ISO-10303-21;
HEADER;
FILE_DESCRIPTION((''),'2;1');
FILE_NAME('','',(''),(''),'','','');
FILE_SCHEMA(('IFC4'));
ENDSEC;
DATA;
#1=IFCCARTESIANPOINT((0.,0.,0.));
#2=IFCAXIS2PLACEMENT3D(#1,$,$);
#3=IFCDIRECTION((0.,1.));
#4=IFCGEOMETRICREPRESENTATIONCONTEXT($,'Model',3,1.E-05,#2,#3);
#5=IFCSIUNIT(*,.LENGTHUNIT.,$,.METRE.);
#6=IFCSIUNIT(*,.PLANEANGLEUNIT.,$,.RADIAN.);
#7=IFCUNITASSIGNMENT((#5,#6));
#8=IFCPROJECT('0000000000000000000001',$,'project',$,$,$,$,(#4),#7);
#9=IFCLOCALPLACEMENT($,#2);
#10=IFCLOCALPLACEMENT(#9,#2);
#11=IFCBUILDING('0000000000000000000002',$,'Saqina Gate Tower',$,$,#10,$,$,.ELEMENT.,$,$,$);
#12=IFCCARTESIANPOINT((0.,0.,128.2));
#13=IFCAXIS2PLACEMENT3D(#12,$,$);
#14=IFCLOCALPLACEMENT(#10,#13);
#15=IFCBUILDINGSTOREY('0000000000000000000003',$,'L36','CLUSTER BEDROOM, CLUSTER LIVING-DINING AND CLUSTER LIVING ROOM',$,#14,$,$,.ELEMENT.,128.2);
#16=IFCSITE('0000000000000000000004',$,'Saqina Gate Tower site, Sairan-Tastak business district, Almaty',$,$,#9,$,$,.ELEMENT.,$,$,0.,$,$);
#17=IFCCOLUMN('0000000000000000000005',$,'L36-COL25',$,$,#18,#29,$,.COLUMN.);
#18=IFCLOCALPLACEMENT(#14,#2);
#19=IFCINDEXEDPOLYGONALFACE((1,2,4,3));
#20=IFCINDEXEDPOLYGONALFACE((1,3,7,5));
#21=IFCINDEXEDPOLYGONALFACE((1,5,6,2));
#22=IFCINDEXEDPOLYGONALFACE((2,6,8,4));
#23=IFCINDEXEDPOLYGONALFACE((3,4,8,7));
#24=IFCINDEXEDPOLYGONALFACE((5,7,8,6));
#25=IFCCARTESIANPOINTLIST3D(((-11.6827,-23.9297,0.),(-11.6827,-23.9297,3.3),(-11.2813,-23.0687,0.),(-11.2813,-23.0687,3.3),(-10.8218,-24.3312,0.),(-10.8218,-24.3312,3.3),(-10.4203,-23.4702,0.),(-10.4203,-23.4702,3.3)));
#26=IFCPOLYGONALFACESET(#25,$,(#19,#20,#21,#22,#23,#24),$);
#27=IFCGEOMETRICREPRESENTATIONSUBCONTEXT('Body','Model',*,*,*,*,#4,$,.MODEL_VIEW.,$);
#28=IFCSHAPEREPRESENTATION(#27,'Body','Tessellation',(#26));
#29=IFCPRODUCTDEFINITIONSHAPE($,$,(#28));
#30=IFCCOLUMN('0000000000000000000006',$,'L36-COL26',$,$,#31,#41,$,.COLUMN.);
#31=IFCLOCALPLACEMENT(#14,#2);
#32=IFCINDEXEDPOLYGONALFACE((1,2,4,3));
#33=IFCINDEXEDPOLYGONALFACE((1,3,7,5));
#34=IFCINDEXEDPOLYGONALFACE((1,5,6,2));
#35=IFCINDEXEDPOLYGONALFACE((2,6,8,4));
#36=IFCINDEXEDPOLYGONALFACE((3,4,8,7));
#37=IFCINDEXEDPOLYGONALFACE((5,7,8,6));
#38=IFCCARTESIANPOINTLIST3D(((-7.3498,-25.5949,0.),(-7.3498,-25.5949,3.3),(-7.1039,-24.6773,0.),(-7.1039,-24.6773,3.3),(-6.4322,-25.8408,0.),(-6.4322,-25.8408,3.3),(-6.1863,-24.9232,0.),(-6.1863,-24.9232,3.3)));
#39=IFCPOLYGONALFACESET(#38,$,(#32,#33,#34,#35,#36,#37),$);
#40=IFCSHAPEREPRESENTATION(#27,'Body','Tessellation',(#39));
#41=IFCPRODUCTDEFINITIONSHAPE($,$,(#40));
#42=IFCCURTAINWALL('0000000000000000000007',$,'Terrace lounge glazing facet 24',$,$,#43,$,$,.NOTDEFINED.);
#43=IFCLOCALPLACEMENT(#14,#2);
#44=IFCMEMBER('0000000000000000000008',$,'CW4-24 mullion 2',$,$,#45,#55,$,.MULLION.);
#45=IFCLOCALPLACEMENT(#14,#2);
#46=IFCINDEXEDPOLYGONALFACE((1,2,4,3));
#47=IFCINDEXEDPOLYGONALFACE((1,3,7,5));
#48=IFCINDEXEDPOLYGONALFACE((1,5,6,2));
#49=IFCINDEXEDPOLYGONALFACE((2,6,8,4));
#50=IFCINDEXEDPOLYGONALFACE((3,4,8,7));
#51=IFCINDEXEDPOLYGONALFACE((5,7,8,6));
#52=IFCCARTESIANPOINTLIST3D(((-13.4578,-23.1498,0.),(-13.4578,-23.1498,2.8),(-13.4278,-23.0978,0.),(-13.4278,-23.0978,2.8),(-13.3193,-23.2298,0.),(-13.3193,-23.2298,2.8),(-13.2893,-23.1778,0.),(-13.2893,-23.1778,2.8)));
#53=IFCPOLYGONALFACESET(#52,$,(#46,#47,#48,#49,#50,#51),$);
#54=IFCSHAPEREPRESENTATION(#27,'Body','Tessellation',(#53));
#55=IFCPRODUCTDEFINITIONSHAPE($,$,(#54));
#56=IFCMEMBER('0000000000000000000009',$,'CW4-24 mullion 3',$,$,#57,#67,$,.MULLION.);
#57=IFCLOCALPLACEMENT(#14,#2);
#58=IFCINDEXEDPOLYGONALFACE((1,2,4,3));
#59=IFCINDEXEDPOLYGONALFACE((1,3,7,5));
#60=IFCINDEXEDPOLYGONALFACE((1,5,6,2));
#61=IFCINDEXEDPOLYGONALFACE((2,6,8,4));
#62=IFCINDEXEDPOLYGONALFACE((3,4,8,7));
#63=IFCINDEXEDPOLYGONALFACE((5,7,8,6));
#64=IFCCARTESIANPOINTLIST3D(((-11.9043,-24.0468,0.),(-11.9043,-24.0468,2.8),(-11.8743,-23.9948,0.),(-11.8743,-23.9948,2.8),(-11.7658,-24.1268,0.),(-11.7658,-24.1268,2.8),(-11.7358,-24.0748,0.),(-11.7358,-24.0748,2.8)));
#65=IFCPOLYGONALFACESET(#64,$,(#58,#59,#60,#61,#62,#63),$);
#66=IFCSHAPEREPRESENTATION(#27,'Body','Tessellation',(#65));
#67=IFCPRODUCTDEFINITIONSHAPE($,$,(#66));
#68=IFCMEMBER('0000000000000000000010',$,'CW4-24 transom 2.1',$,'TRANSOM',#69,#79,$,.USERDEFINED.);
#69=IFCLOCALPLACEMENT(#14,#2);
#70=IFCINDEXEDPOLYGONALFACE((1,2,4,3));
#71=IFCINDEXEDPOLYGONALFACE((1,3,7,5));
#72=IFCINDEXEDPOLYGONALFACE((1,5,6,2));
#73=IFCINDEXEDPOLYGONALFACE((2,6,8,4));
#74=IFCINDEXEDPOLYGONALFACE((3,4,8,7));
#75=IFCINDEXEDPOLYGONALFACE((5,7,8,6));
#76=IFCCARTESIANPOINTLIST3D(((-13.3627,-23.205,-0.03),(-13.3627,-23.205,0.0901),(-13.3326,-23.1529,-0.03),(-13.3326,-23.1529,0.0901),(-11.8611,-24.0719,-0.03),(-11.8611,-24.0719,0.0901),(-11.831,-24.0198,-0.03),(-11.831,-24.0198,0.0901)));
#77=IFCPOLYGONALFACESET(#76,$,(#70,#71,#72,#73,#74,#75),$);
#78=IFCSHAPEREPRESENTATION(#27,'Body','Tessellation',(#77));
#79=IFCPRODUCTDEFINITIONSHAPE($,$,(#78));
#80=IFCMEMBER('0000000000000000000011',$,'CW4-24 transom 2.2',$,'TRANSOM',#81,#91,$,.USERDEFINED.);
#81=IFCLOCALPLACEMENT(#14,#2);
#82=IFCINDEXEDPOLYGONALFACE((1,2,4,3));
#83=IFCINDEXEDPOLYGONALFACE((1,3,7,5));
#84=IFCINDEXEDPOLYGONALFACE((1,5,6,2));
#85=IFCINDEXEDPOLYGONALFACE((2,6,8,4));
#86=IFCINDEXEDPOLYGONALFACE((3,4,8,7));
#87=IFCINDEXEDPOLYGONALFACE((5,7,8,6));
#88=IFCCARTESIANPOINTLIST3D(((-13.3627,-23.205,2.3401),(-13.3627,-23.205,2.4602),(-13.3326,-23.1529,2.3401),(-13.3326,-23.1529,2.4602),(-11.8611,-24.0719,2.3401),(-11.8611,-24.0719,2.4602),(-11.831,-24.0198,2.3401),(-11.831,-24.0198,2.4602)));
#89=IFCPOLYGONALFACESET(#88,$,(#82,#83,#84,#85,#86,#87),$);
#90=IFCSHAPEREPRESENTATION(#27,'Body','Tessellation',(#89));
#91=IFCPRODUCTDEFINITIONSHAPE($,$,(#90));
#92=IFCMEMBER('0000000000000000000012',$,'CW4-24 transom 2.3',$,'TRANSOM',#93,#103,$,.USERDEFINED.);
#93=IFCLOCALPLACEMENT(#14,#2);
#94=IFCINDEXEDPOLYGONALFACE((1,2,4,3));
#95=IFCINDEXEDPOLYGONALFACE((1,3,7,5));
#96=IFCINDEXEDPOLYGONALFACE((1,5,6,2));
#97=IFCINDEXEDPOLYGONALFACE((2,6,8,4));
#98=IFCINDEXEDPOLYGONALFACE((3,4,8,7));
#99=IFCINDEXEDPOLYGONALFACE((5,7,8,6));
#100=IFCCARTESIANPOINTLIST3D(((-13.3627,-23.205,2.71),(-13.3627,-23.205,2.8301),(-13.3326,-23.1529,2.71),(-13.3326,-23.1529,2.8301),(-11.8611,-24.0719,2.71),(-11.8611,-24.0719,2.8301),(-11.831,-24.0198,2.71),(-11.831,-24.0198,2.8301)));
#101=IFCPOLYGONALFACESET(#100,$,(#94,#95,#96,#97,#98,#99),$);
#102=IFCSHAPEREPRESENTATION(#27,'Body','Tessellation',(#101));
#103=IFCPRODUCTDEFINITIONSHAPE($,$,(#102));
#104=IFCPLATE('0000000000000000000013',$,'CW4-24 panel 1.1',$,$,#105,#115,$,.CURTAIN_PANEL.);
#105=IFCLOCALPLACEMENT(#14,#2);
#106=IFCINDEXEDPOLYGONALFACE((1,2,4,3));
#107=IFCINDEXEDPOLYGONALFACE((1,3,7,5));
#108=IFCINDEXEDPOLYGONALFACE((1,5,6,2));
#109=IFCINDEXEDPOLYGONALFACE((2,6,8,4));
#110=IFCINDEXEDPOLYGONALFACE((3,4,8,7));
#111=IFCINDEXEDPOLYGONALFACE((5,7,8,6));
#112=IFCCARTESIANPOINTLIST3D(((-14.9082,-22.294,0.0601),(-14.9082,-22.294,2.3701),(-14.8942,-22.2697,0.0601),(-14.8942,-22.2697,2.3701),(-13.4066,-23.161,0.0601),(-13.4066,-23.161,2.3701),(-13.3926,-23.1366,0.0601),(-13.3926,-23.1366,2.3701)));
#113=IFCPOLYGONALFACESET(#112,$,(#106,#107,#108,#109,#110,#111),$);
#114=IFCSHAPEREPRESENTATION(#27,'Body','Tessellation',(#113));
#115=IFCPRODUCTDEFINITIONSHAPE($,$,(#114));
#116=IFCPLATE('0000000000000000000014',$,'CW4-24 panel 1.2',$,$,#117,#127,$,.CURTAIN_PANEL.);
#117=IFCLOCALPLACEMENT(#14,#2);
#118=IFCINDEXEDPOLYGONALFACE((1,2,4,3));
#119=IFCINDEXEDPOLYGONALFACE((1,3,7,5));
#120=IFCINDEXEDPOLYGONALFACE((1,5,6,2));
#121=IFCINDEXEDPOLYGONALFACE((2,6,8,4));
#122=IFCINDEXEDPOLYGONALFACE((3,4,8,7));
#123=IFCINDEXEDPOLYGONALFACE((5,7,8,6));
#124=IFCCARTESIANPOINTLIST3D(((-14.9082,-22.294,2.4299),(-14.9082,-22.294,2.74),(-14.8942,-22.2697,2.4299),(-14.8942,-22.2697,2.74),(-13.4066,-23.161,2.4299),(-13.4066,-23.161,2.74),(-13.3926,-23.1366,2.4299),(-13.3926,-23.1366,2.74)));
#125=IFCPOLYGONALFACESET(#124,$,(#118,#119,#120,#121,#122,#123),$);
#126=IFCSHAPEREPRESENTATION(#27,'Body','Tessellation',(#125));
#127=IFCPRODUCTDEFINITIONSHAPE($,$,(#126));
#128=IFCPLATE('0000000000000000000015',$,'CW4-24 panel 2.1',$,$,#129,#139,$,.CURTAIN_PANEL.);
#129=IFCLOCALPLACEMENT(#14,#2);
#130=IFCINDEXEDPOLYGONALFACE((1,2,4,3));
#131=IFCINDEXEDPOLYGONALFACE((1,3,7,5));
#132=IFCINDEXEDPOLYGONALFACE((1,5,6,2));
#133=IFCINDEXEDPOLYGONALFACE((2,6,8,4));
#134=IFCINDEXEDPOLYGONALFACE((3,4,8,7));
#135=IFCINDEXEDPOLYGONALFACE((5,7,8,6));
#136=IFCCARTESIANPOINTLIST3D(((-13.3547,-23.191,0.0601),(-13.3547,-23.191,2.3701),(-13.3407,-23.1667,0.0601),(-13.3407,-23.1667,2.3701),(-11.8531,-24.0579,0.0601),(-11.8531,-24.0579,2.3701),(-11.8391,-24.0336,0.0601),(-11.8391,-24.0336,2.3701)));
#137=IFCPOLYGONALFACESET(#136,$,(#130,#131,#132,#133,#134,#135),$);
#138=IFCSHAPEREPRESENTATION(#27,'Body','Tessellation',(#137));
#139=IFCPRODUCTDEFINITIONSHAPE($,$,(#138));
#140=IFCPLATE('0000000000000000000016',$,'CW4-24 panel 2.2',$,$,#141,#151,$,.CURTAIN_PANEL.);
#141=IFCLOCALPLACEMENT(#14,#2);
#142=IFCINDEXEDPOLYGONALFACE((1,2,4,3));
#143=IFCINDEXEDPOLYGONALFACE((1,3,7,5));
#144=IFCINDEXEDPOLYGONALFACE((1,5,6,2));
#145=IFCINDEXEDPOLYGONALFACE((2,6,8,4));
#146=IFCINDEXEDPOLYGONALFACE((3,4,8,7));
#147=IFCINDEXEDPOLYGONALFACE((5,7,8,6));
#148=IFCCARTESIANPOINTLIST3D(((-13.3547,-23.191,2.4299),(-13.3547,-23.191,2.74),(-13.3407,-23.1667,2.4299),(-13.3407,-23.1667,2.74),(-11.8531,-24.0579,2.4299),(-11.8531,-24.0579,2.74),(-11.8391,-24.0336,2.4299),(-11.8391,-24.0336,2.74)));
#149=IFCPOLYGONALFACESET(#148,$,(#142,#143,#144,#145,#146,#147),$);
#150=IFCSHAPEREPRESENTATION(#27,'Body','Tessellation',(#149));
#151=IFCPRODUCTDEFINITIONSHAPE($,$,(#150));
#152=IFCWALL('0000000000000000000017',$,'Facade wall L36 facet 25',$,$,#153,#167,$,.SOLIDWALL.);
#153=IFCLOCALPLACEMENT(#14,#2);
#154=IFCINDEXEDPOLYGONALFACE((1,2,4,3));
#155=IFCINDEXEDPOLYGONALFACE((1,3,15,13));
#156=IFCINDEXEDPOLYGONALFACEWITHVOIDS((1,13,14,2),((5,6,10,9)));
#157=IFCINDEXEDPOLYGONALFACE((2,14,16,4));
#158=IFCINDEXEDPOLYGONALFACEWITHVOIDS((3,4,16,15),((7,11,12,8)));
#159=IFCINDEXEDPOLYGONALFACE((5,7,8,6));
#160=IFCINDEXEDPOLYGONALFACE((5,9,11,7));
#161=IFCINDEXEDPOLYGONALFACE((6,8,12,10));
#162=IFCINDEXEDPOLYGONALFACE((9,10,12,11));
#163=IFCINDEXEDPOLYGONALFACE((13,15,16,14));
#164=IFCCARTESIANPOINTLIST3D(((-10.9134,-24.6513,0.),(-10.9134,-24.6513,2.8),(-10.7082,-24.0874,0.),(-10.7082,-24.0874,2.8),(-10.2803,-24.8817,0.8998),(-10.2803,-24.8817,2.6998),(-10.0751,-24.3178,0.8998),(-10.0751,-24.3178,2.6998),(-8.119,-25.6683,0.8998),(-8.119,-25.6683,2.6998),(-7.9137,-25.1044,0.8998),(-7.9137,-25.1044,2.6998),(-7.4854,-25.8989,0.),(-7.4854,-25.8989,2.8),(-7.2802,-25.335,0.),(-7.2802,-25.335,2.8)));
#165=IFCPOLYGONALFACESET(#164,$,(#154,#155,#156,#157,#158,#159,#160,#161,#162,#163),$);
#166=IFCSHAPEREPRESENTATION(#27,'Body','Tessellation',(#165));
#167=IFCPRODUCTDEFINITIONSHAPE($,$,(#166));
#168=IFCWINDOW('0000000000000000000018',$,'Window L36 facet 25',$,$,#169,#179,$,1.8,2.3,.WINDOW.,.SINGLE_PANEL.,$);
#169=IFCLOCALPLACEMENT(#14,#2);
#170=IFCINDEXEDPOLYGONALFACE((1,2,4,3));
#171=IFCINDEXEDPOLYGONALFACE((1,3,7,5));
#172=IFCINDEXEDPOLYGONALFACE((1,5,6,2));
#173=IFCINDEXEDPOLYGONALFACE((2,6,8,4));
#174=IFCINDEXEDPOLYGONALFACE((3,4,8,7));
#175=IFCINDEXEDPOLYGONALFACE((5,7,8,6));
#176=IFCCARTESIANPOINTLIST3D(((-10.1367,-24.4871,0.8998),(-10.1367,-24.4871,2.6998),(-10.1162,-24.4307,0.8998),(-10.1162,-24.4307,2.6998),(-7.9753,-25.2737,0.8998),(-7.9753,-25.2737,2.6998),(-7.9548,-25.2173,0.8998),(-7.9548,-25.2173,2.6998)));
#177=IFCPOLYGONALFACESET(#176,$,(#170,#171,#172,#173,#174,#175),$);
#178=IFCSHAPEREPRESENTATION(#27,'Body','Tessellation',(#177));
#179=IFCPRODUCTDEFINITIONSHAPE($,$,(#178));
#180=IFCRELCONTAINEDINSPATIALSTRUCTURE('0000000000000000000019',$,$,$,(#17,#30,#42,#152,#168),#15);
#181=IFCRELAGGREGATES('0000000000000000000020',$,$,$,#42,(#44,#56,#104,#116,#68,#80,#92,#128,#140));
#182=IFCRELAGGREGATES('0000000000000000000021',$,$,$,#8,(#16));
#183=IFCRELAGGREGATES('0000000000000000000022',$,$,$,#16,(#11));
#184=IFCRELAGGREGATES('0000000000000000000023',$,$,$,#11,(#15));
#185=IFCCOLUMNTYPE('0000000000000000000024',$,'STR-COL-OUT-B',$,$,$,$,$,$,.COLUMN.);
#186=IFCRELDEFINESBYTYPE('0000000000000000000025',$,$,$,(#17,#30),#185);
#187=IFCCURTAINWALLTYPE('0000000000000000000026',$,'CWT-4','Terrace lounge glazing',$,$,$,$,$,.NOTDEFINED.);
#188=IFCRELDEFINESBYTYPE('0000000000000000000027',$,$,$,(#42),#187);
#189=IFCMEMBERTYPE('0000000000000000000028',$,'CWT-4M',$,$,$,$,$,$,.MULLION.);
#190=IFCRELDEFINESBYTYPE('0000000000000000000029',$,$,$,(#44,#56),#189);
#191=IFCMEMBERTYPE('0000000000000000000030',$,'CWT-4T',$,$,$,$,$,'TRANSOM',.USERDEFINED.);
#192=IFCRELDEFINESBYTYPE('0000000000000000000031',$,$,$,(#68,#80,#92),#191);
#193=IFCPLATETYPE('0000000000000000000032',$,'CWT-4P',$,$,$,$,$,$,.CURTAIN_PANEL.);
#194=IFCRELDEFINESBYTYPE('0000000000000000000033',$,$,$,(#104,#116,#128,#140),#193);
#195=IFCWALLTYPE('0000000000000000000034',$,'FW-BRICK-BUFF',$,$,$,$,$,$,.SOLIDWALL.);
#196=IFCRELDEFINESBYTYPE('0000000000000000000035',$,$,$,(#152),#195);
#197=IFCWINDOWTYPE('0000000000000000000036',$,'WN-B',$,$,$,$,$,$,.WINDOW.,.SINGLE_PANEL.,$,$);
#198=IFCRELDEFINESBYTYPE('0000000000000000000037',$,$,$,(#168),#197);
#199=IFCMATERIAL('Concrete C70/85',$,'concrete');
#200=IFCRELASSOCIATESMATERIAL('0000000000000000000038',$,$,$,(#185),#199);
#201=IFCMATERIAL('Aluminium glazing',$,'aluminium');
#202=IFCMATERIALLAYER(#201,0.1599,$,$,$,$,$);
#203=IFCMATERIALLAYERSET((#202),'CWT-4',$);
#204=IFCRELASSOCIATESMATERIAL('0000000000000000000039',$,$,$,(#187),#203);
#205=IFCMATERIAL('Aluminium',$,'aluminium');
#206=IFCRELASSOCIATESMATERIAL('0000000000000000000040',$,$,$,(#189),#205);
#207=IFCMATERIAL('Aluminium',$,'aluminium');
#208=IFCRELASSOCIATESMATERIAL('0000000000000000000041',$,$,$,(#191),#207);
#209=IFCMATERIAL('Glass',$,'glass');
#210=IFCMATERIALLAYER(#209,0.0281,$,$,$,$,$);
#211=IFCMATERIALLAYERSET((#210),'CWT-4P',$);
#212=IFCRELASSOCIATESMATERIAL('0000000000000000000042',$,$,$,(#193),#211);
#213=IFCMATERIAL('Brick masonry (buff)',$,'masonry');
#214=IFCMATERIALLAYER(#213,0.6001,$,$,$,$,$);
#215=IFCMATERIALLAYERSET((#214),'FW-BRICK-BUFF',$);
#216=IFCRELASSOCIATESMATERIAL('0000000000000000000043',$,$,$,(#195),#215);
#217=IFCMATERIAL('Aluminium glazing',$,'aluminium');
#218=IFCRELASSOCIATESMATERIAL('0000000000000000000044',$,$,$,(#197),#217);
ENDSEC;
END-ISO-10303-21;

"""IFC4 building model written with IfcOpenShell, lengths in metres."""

from ifc_helpers import new_model, si_unit, direction, frame, frame_2d, origin, origin_2d, place, context, subcontext, project, spatial, rectangle, extrude, material, layer, layer_set, material_profile, profile_set, type_object, element, fill, aggregate, save


model = new_model("IFC4")

# Units and contexts
model_context = context("Model", 3, precision=1e-05, world=origin(), true_north=direction((0.0, 1.0)))
body_context = subcontext(model_context, "Body", "Model", "MODEL_VIEW")
ifc_project = project(units=[si_unit("LENGTHUNIT", "METRE"), si_unit("PLANEANGLEUNIT", "RADIAN")], contexts=[model_context])

# Site, building, storey
site_placement = place(None, origin())
site = spatial("IfcSite", under=ifc_project, at=site_placement, Name="Saqina Gate Tower site, Sairan-Tastak business district, Almaty", CompositionType="ELEMENT", RefElevation=0.0)
building_placement = place(site_placement, origin())
building = spatial("IfcBuilding", under=site, at=building_placement, Name="Saqina Gate Tower", CompositionType="ELEMENT")
storey_placement = place(building_placement, frame((0.0, 0.0, 128.2)))
storey = spatial("IfcBuildingStorey", under=building, at=storey_placement, Name="L36", Description="CLUSTER BEDROOM, CLUSTER LIVING-DINING AND CLUSTER LIVING ROOM", CompositionType="ELEMENT", Elevation=128.2)

# Columns
ifc_material_1 = material(Name="Concrete C70/85", Category="concrete")
ifc_material_profile_1 = material_profile(ifc_material_1, rectangle(XDim=0.95, YDim=0.95, at=origin_2d()), Name="RC 950x950")
ifc_profile_set_1 = profile_set([ifc_material_profile_1], Name="Concrete C70/85")
column_type = type_object("IfcColumnType", Name="STR-COL-OUT-B", PredefinedType="COLUMN", material=ifc_profile_set_1)
for number, where, z_axis, x_axis, name in (
    (1, (-11.0515, -23.7, 0.0), (0.0, 0.0, 1.0), (-0.422618, -0.906308, 0.0), "L36-COL25"),
    (2, (-6.7681, -25.259, 0.0), (0.0, 0.0, 1.0), (-0.258819, -0.965926, 0.0), "L36-COL26"),
):
    element("IfcColumn", number, at=place(storey_placement, frame(where, z_axis=z_axis, x_axis=x_axis)), inside=storey, type_object=column_type, Name=name, PredefinedType="COLUMN", context=body_context, shape_type="SweptSolid", body=[
        extrude(rectangle(XDim=0.95, YDim=0.95, at=origin_2d()), origin(), (0.0, 0.0, 1.0), 3.3),
    ])

# Curtain wall, members, plates
ifc_material_2 = material(Name="Aluminium glazing", Category="aluminium")
ifc_layer_1 = layer(ifc_material_2, 0.1599)
ifc_layer_set_1 = layer_set([ifc_layer_1], Name="CWT-4")
curtain_wall_type = type_object("IfcCurtainWallType", Name="CWT-4", Description="Terrace lounge glazing", PredefinedType="NOTDEFINED", material=ifc_layer_set_1)
curtain_wall_placement = place(storey_placement, origin())
curtain_wall = element("IfcCurtainWall", 3, at=curtain_wall_placement, inside=storey, type_object=curtain_wall_type, Name="Terrace lounge glazing facet 24", PredefinedType="NOTDEFINED")
ifc_material_3 = material(Name="Aluminium", Category="aluminium")
ifc_material_profile_2 = material_profile(ifc_material_3, rectangle(XDim=0.0601, YDim=0.1599, at=origin_2d()), Name="Aluminium 60x160")
ifc_profile_set_2 = profile_set([ifc_material_profile_2], Name="Aluminium")
member_type_1 = type_object("IfcMemberType", Name="CWT-4M", PredefinedType="MULLION", material=ifc_profile_set_2)
member_1_placement = place(storey_placement, frame((-13.3735, -23.1638, 0.0), z_axis=(0.0, 0.0, 1.0), x_axis=(0.499999, 0.866026, 0.0)))
member_1 = element("IfcMember", 4, at=member_1_placement, type_object=member_type_1, Name="CW4-24 mullion 2", PredefinedType="MULLION", context=body_context, shape_type="SweptSolid", body=[
    extrude(rectangle(XDim=0.0601, YDim=0.1599, at=origin_2d()), origin(), (0.0, 0.0, 1.0), 2.8),
])
member_2_placement = place(storey_placement, frame((-11.8201, -24.0608, 0.0), z_axis=(0.0, 0.0, 1.0), x_axis=(0.499999, 0.866026, 0.0)))
member_2 = element("IfcMember", 5, at=member_2_placement, type_object=member_type_1, Name="CW4-24 mullion 3", PredefinedType="MULLION", context=body_context, shape_type="SweptSolid", body=[
    extrude(rectangle(XDim=0.0601, YDim=0.1599, at=origin_2d()), origin(), (0.0, 0.0, 1.0), 2.8),
])
ifc_material_4 = material(Name="Aluminium", Category="aluminium")
ifc_material_profile_3 = material_profile(ifc_material_4, rectangle(XDim=0.0601, YDim=0.1201, at=origin_2d()), Name="Aluminium 60x120")
ifc_profile_set_3 = profile_set([ifc_material_profile_3], Name="Aluminium")
member_type_2 = type_object("IfcMemberType", Name="CWT-4T", ElementType="TRANSOM", PredefinedType="USERDEFINED", material=ifc_profile_set_3)
member_3_placement = place(storey_placement, frame((-13.3477, -23.179, 0.03), z_axis=(0.866043, -0.49997, 0.0), x_axis=(0.49997, 0.866043, 0.0)))
member_3 = element("IfcMember", 6, at=member_3_placement, type_object=member_type_2, Name="CW4-24 transom 2.1", ObjectType="TRANSOM", PredefinedType="USERDEFINED", context=body_context, shape_type="SweptSolid", body=[
    extrude(rectangle(XDim=0.0601, YDim=0.1201, at=origin_2d()), origin(), (0.0, 0.0, 1.0), 1.7339),
])
member_4_placement = place(storey_placement, frame((-13.3477, -23.179, 2.4001), z_axis=(0.866043, -0.49997, 0.0), x_axis=(0.49997, 0.866043, 0.0)))
member_4 = element("IfcMember", 7, at=member_4_placement, type_object=member_type_2, Name="CW4-24 transom 2.2", ObjectType="TRANSOM", PredefinedType="USERDEFINED", context=body_context, shape_type="SweptSolid", body=[
    extrude(rectangle(XDim=0.0601, YDim=0.1201, at=origin_2d()), origin(), (0.0, 0.0, 1.0), 1.7339),
])
member_5_placement = place(storey_placement, frame((-13.3477, -23.179, 2.77), z_axis=(0.866043, -0.49997, 0.0), x_axis=(0.49997, 0.866043, 0.0)))
member_5 = element("IfcMember", 8, at=member_5_placement, type_object=member_type_2, Name="CW4-24 transom 2.3", ObjectType="TRANSOM", PredefinedType="USERDEFINED", context=body_context, shape_type="SweptSolid", body=[
    extrude(rectangle(XDim=0.0601, YDim=0.1201, at=origin_2d()), origin(), (0.0, 0.0, 1.0), 1.7339),
])
ifc_material_5 = material(Name="Glass", Category="glass")
ifc_layer_2 = layer(ifc_material_5, 0.0281)
ifc_layer_set_2 = layer_set([ifc_layer_2], Name="CWT-4P")
plate_type = type_object("IfcPlateType", Name="CWT-4P", PredefinedType="CURTAIN_PANEL", material=ifc_layer_set_2)
plate_1_placement = place(storey_placement, frame((-14.1504, -22.7153, 0.0601), z_axis=(0.0, 0.0, 1.0), x_axis=(0.866026, -0.499999, 0.0)))
plate_1 = element("IfcPlate", 9, at=plate_1_placement, type_object=plate_type, Name="CW4-24 panel 1.1", PredefinedType="CURTAIN_PANEL", context=body_context, shape_type="SweptSolid", body=[
    extrude(rectangle(XDim=1.7339, YDim=0.0281, at=origin_2d()), origin(), (0.0, 0.0, 1.0), 2.3101),
])
plate_2_placement = place(storey_placement, frame((-14.1504, -22.7153, 2.4299), z_axis=(0.0, 0.0, 1.0), x_axis=(0.866026, -0.499999, 0.0)))
plate_2 = element("IfcPlate", 10, at=plate_2_placement, type_object=plate_type, Name="CW4-24 panel 1.2", PredefinedType="CURTAIN_PANEL", context=body_context, shape_type="SweptSolid", body=[
    extrude(rectangle(XDim=1.7339, YDim=0.0281, at=origin_2d()), origin(), (0.0, 0.0, 1.0), 0.3101),
])
plate_3_placement = place(storey_placement, frame((-12.5969, -23.6123, 0.0601), z_axis=(0.0, 0.0, 1.0), x_axis=(0.866026, -0.499999, 0.0)))
plate_3 = element("IfcPlate", 11, at=plate_3_placement, type_object=plate_type, Name="CW4-24 panel 2.1", PredefinedType="CURTAIN_PANEL", context=body_context, shape_type="SweptSolid", body=[
    extrude(rectangle(XDim=1.7339, YDim=0.0281, at=origin_2d()), origin(), (0.0, 0.0, 1.0), 2.3101),
])
plate_4_placement = place(storey_placement, frame((-12.5969, -23.6123, 2.4299), z_axis=(0.0, 0.0, 1.0), x_axis=(0.866026, -0.499999, 0.0)))
plate_4 = element("IfcPlate", 12, at=plate_4_placement, type_object=plate_type, Name="CW4-24 panel 2.2", PredefinedType="CURTAIN_PANEL", context=body_context, shape_type="SweptSolid", body=[
    extrude(rectangle(XDim=1.7339, YDim=0.0281, at=origin_2d()), origin(), (0.0, 0.0, 1.0), 0.3101),
])
aggregate(curtain_wall, [member_1, member_2, plate_1, plate_2, member_3, member_4, member_5, plate_3, plate_4])

# Wall, opening, window
ifc_material_6 = material(Name="Brick masonry (buff)", Category="masonry")
ifc_layer_3 = layer(ifc_material_6, 0.6001)
ifc_layer_set_3 = layer_set([ifc_layer_3], Name="FW-BRICK-BUFF")
wall_type_1 = type_object("IfcWallType", Name="FW-BRICK-BUFF", PredefinedType="SOLIDWALL", material=ifc_layer_set_3)
wall_1_placement = place(storey_placement, frame((-10.8108, -24.3694, 0.0), z_axis=(0.0, 0.0, 1.0), x_axis=(0.939704, -0.34199, 0.0)))
wall_1 = element("IfcWall", 13, at=wall_1_placement, inside=storey, type_object=wall_type_1, Name="Facade wall L36 facet 25", PredefinedType="SOLIDWALL", context=body_context, shape_type="SweptSolid", body=[
    extrude(rectangle(XDim=3.6479, YDim=0.6001, at=frame_2d((1.824, 0.0))), origin(), (0.0, 0.0, 1.0), 2.8),
])
opening_1_placement = place(wall_1_placement, frame((0.6738, 0.0, 0.8999)))
opening_1 = element("IfcOpeningElement", 14, at=opening_1_placement, cuts=wall_1, PredefinedType="OPENING", context=body_context, shape_type="SweptSolid", body=[
    extrude(rectangle(XDim=2.3, YDim=1.8, at=frame_2d((1.1499, 0.8999))), frame((0.0, 0.312, 0.0), z_axis=(0.0, -1.0, 0.0), x_axis=(1.0, 0.0, 0.0)), (0.0, 0.0, 1.0), 0.624),
])
ifc_material_7 = material(Name="Aluminium glazing", Category="aluminium")
window_type = type_object("IfcWindowType", Name="WN-B", PartitioningType="SINGLE_PANEL", PredefinedType="WINDOW", material=ifc_material_7)
window_1_placement = place(opening_1_placement, origin())
window_1 = element("IfcWindow", 15, at=window_1_placement, inside=storey, type_object=window_type, Name="Window L36 facet 25", OverallHeight=1.8, OverallWidth=2.3, PartitioningType="SINGLE_PANEL", PredefinedType="WINDOW", context=body_context, shape_type="SweptSolid", body=[
    extrude(rectangle(XDim=2.3, YDim=1.8, at=frame_2d((1.1499, 0.8999))), frame((0.0, 0.1799, 0.0), z_axis=(0.0, -1.0, 0.0), x_axis=(1.0, 0.0, 0.0)), (0.0, 0.0, 1.0), 0.0601),
])
fill(opening_1, window_1)

save(model, "model.ifc")
